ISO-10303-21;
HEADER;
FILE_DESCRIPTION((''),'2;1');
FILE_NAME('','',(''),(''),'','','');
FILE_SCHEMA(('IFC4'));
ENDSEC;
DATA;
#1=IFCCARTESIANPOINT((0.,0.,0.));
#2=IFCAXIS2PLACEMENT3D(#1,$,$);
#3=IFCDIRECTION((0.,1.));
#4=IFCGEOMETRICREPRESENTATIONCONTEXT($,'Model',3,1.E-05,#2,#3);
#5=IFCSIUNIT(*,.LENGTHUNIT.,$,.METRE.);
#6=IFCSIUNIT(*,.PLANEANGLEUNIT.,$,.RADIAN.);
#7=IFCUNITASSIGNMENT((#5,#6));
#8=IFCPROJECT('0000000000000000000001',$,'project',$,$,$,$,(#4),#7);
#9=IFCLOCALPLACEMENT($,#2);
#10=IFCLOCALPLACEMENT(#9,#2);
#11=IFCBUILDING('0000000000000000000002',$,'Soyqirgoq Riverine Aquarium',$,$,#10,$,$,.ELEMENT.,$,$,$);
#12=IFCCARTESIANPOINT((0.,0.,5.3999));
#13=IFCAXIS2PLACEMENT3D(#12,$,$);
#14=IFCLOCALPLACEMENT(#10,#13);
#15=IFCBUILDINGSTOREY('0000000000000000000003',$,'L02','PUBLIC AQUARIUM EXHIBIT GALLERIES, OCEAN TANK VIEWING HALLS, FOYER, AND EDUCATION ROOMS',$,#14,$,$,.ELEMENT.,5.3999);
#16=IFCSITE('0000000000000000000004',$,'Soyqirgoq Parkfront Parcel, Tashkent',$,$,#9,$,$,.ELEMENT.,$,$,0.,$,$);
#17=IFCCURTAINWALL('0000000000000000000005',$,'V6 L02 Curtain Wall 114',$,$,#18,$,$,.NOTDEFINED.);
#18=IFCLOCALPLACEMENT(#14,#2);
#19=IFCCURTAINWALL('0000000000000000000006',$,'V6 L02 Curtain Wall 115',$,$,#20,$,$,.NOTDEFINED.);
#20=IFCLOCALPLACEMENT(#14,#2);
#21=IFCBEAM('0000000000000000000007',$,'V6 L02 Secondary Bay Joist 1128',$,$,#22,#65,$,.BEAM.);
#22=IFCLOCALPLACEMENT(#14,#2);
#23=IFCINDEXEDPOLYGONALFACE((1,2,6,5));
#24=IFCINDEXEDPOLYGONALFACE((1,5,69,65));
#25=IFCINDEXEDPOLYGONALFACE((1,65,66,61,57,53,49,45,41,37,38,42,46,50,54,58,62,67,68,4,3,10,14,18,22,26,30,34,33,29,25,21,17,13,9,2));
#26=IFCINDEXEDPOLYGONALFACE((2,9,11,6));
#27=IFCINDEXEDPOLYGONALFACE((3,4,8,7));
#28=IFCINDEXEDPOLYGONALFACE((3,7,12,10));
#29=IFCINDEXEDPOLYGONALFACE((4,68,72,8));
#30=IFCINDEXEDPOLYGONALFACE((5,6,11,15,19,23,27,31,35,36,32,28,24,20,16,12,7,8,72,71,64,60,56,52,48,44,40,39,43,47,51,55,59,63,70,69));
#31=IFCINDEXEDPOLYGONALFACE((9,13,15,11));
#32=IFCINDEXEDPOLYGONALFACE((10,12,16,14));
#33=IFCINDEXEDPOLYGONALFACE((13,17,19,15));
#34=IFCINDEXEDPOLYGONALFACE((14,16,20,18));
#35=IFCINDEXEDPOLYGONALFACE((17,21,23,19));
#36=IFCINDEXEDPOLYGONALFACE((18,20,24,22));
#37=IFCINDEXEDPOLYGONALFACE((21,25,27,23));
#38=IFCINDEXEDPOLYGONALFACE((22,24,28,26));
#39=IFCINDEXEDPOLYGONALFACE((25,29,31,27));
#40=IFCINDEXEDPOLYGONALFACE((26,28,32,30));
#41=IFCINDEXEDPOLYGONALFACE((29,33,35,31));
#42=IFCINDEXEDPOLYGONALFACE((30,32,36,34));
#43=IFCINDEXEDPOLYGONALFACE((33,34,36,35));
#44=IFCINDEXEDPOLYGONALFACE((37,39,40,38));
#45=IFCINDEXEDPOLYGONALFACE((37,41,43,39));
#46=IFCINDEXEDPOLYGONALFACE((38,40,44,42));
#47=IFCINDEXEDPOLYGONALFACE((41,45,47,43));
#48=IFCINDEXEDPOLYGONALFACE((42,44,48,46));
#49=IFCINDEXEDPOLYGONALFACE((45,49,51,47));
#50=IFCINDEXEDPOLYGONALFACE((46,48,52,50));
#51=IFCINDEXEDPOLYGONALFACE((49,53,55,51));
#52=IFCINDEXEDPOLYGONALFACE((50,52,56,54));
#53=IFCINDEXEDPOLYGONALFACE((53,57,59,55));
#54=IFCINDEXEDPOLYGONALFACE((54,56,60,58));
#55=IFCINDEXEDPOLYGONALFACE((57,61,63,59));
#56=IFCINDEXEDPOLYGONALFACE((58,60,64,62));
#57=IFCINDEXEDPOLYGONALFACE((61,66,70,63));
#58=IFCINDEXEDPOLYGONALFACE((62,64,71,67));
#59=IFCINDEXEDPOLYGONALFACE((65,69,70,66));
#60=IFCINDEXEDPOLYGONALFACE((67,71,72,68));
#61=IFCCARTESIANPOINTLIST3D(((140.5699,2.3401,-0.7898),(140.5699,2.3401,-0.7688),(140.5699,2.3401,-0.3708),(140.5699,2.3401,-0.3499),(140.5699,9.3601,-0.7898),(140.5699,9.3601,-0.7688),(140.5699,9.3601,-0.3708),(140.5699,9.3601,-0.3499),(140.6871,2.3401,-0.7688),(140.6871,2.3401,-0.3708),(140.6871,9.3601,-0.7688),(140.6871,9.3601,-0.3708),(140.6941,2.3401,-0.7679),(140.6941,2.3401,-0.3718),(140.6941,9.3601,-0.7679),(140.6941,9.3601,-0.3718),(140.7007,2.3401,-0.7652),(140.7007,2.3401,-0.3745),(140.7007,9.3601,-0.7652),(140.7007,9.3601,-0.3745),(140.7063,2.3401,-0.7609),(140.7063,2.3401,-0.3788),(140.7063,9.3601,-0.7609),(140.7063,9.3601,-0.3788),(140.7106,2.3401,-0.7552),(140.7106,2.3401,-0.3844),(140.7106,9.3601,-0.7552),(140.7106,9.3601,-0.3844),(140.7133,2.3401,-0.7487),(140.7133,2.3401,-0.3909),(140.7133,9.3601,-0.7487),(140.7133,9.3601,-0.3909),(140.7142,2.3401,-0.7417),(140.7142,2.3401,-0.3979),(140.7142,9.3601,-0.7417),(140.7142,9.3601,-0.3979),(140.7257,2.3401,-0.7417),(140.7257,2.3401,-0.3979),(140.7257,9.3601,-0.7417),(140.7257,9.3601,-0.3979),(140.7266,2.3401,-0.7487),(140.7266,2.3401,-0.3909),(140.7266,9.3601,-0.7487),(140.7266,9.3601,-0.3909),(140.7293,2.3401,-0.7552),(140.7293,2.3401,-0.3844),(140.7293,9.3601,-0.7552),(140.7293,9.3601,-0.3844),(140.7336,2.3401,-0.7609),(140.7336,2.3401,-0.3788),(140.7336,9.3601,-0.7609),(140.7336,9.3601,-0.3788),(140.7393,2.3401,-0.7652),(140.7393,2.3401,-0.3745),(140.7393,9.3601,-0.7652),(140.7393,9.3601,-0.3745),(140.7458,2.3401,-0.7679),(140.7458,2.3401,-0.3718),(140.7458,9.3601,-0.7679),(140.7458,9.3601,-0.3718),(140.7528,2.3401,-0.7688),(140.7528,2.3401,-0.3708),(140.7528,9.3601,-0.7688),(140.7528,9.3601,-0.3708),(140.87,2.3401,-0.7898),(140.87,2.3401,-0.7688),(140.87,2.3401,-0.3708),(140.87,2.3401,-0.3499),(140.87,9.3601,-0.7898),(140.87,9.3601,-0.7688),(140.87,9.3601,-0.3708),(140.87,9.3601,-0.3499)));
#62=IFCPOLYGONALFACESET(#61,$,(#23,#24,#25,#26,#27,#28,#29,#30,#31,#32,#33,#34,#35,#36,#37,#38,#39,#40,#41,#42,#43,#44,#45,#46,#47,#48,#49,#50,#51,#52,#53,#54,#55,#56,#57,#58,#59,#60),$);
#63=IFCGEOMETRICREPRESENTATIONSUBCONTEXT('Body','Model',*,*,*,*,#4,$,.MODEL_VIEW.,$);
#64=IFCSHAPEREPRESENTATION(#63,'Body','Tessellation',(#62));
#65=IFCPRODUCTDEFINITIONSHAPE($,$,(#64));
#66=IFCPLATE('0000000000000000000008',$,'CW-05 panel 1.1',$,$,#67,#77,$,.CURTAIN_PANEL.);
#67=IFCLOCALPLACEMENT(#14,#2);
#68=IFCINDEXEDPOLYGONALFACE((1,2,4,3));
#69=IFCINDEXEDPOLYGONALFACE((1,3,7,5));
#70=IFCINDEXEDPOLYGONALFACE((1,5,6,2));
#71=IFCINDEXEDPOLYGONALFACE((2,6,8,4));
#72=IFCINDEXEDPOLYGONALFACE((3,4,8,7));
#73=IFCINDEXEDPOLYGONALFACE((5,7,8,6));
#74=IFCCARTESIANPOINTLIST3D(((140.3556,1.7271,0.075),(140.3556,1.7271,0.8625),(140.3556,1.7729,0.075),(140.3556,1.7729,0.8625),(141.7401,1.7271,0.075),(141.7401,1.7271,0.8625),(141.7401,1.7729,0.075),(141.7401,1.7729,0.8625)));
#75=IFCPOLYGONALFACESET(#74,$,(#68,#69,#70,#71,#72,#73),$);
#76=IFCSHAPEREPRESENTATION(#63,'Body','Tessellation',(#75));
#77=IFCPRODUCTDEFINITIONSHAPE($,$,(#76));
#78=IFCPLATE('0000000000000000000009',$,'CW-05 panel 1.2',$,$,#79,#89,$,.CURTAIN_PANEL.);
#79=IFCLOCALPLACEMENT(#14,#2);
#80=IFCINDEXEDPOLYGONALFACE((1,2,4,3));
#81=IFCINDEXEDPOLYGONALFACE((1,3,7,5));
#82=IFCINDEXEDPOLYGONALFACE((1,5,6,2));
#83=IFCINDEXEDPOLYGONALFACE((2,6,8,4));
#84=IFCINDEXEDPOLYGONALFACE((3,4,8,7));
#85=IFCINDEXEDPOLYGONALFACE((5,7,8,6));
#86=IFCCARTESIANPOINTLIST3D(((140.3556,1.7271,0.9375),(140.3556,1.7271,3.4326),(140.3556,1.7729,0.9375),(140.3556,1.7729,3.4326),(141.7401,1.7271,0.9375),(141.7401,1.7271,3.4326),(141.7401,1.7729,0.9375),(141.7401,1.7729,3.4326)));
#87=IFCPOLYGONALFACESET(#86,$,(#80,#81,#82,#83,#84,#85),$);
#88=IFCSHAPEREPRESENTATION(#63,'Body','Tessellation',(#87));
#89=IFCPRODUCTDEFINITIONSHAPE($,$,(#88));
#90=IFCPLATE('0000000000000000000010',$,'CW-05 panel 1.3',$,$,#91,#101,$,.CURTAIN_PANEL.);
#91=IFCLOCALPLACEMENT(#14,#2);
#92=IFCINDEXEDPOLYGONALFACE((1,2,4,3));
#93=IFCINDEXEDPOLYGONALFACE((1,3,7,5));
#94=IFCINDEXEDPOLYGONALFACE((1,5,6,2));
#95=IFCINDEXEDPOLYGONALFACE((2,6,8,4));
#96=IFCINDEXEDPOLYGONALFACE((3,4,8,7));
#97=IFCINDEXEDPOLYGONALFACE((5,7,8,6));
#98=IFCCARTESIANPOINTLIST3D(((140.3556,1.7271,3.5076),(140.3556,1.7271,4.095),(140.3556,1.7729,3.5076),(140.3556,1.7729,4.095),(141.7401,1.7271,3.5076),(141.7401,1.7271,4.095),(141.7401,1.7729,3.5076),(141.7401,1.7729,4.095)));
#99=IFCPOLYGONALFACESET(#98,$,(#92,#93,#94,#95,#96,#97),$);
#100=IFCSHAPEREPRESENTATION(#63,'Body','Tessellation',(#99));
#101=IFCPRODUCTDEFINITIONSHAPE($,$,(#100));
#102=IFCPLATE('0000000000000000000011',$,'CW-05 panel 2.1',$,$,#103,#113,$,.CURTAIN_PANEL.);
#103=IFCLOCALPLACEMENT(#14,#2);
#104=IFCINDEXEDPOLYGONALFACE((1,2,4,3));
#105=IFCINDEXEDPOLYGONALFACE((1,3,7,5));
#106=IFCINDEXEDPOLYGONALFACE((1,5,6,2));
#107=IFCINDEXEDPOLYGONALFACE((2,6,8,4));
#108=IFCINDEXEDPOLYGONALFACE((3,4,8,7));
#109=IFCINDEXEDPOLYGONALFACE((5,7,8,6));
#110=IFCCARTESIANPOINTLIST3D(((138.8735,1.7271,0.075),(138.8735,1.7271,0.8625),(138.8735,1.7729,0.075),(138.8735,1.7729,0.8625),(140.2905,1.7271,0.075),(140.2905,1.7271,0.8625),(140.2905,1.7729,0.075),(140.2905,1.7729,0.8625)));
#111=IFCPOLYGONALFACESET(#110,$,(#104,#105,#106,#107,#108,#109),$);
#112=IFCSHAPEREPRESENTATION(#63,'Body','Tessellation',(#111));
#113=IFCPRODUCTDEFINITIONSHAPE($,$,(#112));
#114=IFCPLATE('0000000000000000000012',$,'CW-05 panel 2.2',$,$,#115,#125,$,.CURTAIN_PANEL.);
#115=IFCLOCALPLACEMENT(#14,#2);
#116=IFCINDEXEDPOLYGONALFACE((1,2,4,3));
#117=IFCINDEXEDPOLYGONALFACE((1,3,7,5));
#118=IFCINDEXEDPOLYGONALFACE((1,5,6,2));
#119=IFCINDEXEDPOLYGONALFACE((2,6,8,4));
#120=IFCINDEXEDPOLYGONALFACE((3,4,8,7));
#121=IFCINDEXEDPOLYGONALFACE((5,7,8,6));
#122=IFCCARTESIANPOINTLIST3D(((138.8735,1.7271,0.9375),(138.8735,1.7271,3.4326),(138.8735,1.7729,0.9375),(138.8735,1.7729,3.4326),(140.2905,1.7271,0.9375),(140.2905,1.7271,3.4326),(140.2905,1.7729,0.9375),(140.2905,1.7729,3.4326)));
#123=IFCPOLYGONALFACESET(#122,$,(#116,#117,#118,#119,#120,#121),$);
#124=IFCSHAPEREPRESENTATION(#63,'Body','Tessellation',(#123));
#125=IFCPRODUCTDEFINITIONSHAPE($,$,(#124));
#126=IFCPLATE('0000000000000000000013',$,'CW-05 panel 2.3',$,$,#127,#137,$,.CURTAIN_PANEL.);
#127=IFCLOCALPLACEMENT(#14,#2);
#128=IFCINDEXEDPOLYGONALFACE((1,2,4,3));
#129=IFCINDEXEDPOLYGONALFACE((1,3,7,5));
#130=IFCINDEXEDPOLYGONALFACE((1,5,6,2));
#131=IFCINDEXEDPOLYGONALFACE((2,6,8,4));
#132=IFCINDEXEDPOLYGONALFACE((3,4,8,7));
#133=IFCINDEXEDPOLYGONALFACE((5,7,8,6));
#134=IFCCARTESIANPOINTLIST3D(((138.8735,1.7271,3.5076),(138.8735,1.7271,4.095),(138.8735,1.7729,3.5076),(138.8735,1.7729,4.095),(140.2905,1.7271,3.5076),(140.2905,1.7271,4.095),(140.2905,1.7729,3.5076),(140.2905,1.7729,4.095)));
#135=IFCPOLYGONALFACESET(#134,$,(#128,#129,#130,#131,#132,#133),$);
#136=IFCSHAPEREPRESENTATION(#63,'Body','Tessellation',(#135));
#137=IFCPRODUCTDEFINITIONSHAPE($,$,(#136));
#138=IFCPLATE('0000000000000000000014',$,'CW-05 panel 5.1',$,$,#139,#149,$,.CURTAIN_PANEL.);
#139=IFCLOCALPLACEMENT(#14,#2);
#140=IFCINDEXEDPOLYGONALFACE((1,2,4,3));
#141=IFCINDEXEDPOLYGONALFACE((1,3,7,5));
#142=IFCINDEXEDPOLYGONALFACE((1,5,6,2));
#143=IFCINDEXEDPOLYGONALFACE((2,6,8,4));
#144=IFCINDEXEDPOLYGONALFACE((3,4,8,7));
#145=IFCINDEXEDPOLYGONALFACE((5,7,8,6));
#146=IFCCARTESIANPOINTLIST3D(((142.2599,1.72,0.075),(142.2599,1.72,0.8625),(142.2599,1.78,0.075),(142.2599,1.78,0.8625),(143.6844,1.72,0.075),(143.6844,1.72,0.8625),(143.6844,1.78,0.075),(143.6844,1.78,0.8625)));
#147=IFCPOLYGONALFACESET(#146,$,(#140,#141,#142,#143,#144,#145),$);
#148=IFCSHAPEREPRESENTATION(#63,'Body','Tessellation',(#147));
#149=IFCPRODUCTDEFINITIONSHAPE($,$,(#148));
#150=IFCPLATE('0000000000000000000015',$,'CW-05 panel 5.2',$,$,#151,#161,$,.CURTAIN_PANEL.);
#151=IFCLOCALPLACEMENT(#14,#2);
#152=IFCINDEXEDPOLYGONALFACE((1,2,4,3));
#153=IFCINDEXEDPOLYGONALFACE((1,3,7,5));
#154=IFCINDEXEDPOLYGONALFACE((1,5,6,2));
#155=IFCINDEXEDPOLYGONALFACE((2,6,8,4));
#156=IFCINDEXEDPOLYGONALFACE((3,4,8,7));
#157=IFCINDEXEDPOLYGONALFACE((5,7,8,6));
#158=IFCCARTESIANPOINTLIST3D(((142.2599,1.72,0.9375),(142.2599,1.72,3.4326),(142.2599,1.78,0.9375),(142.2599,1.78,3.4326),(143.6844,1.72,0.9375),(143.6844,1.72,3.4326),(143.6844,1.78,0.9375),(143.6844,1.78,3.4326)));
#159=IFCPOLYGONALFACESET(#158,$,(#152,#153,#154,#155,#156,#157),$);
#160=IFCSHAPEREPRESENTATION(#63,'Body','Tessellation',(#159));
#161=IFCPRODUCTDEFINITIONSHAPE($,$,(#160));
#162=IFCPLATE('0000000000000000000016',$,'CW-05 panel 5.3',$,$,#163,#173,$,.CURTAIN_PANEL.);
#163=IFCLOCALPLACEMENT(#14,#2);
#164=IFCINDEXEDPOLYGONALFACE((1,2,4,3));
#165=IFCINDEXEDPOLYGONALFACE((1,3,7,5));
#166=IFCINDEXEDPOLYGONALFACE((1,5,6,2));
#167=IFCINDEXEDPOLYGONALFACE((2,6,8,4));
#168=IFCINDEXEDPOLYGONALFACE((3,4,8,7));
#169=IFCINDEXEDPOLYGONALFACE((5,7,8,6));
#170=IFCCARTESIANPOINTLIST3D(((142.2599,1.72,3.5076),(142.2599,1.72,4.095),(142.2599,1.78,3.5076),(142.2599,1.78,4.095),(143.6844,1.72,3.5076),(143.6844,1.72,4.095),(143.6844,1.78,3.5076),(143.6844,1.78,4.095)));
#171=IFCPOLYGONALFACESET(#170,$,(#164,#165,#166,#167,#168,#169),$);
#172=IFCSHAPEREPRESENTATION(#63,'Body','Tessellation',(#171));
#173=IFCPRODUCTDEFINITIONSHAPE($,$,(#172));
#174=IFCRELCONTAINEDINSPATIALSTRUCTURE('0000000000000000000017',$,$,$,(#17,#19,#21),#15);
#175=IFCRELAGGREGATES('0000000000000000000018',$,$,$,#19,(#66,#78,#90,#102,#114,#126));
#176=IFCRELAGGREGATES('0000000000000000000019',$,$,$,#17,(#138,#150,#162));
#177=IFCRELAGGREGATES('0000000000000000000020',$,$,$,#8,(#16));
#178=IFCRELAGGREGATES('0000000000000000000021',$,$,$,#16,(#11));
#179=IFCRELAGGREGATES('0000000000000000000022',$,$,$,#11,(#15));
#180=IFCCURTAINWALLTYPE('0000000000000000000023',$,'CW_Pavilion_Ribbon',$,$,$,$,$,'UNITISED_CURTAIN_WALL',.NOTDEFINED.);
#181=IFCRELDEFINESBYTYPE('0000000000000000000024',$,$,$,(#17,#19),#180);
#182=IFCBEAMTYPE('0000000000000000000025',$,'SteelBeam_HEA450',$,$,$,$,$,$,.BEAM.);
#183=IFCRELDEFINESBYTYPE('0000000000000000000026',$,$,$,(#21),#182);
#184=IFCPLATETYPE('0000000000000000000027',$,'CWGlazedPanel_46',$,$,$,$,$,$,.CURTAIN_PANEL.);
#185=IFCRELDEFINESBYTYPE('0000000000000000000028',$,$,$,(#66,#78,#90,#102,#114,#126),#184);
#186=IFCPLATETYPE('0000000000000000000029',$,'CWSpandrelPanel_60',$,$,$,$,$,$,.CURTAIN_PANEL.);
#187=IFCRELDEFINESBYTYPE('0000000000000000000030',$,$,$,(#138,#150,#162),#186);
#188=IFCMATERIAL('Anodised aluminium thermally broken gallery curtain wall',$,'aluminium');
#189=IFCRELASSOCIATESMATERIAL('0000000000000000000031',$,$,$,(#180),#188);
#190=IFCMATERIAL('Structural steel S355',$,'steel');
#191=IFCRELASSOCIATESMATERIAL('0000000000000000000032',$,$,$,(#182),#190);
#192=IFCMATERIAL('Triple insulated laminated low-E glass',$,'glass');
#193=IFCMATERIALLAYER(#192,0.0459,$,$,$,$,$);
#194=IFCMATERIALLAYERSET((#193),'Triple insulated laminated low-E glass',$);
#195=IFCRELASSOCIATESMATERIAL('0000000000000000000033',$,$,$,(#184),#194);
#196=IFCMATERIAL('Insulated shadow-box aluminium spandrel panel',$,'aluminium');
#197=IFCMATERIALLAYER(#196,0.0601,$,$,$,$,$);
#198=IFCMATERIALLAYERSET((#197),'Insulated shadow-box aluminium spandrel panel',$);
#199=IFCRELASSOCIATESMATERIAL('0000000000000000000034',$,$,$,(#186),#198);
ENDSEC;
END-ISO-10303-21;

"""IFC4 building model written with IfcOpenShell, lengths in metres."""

from ifc_helpers import new_model, si_unit, direction, frame, origin, origin_2d, place, context, subcontext, project, spatial, rectangle, i_section, extrude, material, layer, layer_set, material_profile, profile_set, type_object, element, aggregate, save


model = new_model("IFC4")

# Units and contexts
model_context = context("Model", 3, precision=1e-05, world=origin(), true_north=direction((0.0, 1.0)))
body_context = subcontext(model_context, "Body", "Model", "MODEL_VIEW")
ifc_project = project(units=[si_unit("LENGTHUNIT", "METRE"), si_unit("PLANEANGLEUNIT", "RADIAN")], contexts=[model_context])

# Site, building, storey
site_placement = place(None, origin())
site = spatial("IfcSite", under=ifc_project, at=site_placement, Name="Soyqirgoq Parkfront Parcel, Tashkent", CompositionType="ELEMENT", RefElevation=0.0)
building_placement = place(site_placement, origin())
building = spatial("IfcBuilding", under=site, at=building_placement, Name="Soyqirgoq Riverine Aquarium", CompositionType="ELEMENT")
storey_placement = place(building_placement, frame((0.0, 0.0, 5.3999)))
storey = spatial("IfcBuildingStorey", under=building, at=storey_placement, Name="L02", Description="PUBLIC AQUARIUM EXHIBIT GALLERIES, OCEAN TANK VIEWING HALLS, FOYER, AND EDUCATION ROOMS", CompositionType="ELEMENT", Elevation=5.3999)

# Curtain wall
ifc_material_1 = material(Name="Anodised aluminium thermally broken gallery curtain wall", Category="aluminium")
curtain_wall_type = type_object("IfcCurtainWallType", Name="CW_Pavilion_Ribbon", ElementType="UNITISED_CURTAIN_WALL", PredefinedType="NOTDEFINED", material=ifc_material_1)
curtain_wall_1_placement = place(storey_placement, origin())
curtain_wall_1 = element("IfcCurtainWall", 1, at=curtain_wall_1_placement, inside=storey, type_object=curtain_wall_type, Name="V6 L02 Curtain Wall 114", PredefinedType="NOTDEFINED")

# Curtain wall
curtain_wall_2_placement = place(storey_placement, origin())
curtain_wall_2 = element("IfcCurtainWall", 2, at=curtain_wall_2_placement, inside=storey, type_object=curtain_wall_type, Name="V6 L02 Curtain Wall 115", PredefinedType="NOTDEFINED")

# Beam
ifc_material_2 = material(Name="Structural steel S355", Category="steel")
ifc_material_profile_1 = material_profile(ifc_material_2, i_section(OverallWidth=0.3, OverallDepth=0.4399, WebThickness=0.0115, FlangeThickness=0.021, FilletRadius=0.0271, at=origin_2d()), Name="HEA 450")
ifc_profile_set_1 = profile_set([ifc_material_profile_1], Name="Structural steel S355")
beam_type_1 = type_object("IfcBeamType", Name="SteelBeam_HEA450", PredefinedType="BEAM", material=ifc_profile_set_1)
beam_1_placement = place(storey_placement, frame((140.72, 2.3401, -0.5698), z_axis=(0.0, 1.0, 0.0), x_axis=(-1.0, 0.0, 0.0)))
element("IfcBeam", 3, at=beam_1_placement, inside=storey, type_object=beam_type_1, Name="V6 L02 Secondary Bay Joist 1128", PredefinedType="BEAM", context=body_context, shape_type="SweptSolid", body=[
    extrude(i_section(OverallWidth=0.3, OverallDepth=0.4399, WebThickness=0.0115, FlangeThickness=0.021, FilletRadius=0.0271, at=origin_2d()), origin(), (0.0, 0.0, 1.0), 7.02),
])

# Plates
ifc_material_3 = material(Name="Triple insulated laminated low-E glass", Category="glass")
ifc_layer_1 = layer(ifc_material_3, 0.0459)
ifc_layer_set_1 = layer_set([ifc_layer_1], Name="Triple insulated laminated low-E glass")
plate_type_1 = type_object("IfcPlateType", Name="CWGlazedPanel_46", PredefinedType="CURTAIN_PANEL", material=ifc_layer_set_1)
plate_1_placement = place(storey_placement, frame((141.0479, 1.75, 0.075), z_axis=(0.0, 0.0, 1.0), x_axis=(-1.0, 0.0, 0.0)))
plate_1 = element("IfcPlate", 4, at=plate_1_placement, type_object=plate_type_1, Name="CW-05 panel 1.1", PredefinedType="CURTAIN_PANEL", context=body_context, shape_type="SweptSolid", body=[
    extrude(rectangle(XDim=1.3845, YDim=0.0459, at=origin_2d()), origin(), (0.0, 0.0, 1.0), 0.7876),
])
plate_2_placement = place(storey_placement, frame((141.0479, 1.75, 0.9375), z_axis=(0.0, 0.0, 1.0), x_axis=(-1.0, 0.0, 0.0)))
plate_2 = element("IfcPlate", 5, at=plate_2_placement, type_object=plate_type_1, Name="CW-05 panel 1.2", PredefinedType="CURTAIN_PANEL", context=body_context, shape_type="SweptSolid", body=[
    extrude(rectangle(XDim=1.3845, YDim=0.0459, at=origin_2d()), origin(), (0.0, 0.0, 1.0), 2.4951),
])
plate_3_placement = place(storey_placement, frame((141.0479, 1.75, 3.5076), z_axis=(0.0, 0.0, 1.0), x_axis=(-1.0, 0.0, 0.0)))
plate_3 = element("IfcPlate", 6, at=plate_3_placement, type_object=plate_type_1, Name="CW-05 panel 1.3", PredefinedType="CURTAIN_PANEL", context=body_context, shape_type="SweptSolid", body=[
    extrude(rectangle(XDim=1.3845, YDim=0.0459, at=origin_2d()), origin(), (0.0, 0.0, 1.0), 0.5874),
])
plate_4_placement = place(storey_placement, frame((139.582, 1.75, 0.075), z_axis=(0.0, 0.0, 1.0), x_axis=(-1.0, 0.0, 0.0)))
plate_4 = element("IfcPlate", 7, at=plate_4_placement, type_object=plate_type_1, Name="CW-05 panel 2.1", PredefinedType="CURTAIN_PANEL", context=body_context, shape_type="SweptSolid", body=[
    extrude(rectangle(XDim=1.417, YDim=0.0459, at=origin_2d()), origin(), (0.0, 0.0, 1.0), 0.7876),
])
plate_5_placement = place(storey_placement, frame((139.582, 1.75, 0.9375), z_axis=(0.0, 0.0, 1.0), x_axis=(-1.0, 0.0, 0.0)))
plate_5 = element("IfcPlate", 8, at=plate_5_placement, type_object=plate_type_1, Name="CW-05 panel 2.2", PredefinedType="CURTAIN_PANEL", context=body_context, shape_type="SweptSolid", body=[
    extrude(rectangle(XDim=1.417, YDim=0.0459, at=origin_2d()), origin(), (0.0, 0.0, 1.0), 2.4951),
])
plate_6_placement = place(storey_placement, frame((139.582, 1.75, 3.5076), z_axis=(0.0, 0.0, 1.0), x_axis=(-1.0, 0.0, 0.0)))
plate_6 = element("IfcPlate", 9, at=plate_6_placement, type_object=plate_type_1, Name="CW-05 panel 2.3", PredefinedType="CURTAIN_PANEL", context=body_context, shape_type="SweptSolid", body=[
    extrude(rectangle(XDim=1.417, YDim=0.0459, at=origin_2d()), origin(), (0.0, 0.0, 1.0), 0.5874),
])
aggregate(curtain_wall_2, [plate_1, plate_2, plate_3, plate_4, plate_5, plate_6])
ifc_material_4 = material(Name="Insulated shadow-box aluminium spandrel panel", Category="aluminium")
ifc_layer_2 = layer(ifc_material_4, 0.0601)
ifc_layer_set_2 = layer_set([ifc_layer_2], Name="Insulated shadow-box aluminium spandrel panel")
plate_type_2 = type_object("IfcPlateType", Name="CWSpandrelPanel_60", PredefinedType="CURTAIN_PANEL", material=ifc_layer_set_2)
plate_7_placement = place(storey_placement, frame((142.9722, 1.75, 0.075), z_axis=(0.0, 0.0, 1.0), x_axis=(-1.0, 0.0, 0.0)))
plate_7 = element("IfcPlate", 10, at=plate_7_placement, type_object=plate_type_2, Name="CW-05 panel 5.1", PredefinedType="CURTAIN_PANEL", context=body_context, shape_type="SweptSolid", body=[
    extrude(rectangle(XDim=1.4246, YDim=0.0601, at=origin_2d()), origin(), (0.0, 0.0, 1.0), 0.7876),
])
plate_8_placement = place(storey_placement, frame((142.9722, 1.75, 0.9375), z_axis=(0.0, 0.0, 1.0), x_axis=(-1.0, 0.0, 0.0)))
plate_8 = element("IfcPlate", 11, at=plate_8_placement, type_object=plate_type_2, Name="CW-05 panel 5.2", PredefinedType="CURTAIN_PANEL", context=body_context, shape_type="SweptSolid", body=[
    extrude(rectangle(XDim=1.4246, YDim=0.0601, at=origin_2d()), origin(), (0.0, 0.0, 1.0), 2.4951),
])
plate_9_placement = place(storey_placement, frame((142.9722, 1.75, 3.5076), z_axis=(0.0, 0.0, 1.0), x_axis=(-1.0, 0.0, 0.0)))
plate_9 = element("IfcPlate", 12, at=plate_9_placement, type_object=plate_type_2, Name="CW-05 panel 5.3", PredefinedType="CURTAIN_PANEL", context=body_context, shape_type="SweptSolid", body=[
    extrude(rectangle(XDim=1.4246, YDim=0.0601, at=origin_2d()), origin(), (0.0, 0.0, 1.0), 0.5874),
])
aggregate(curtain_wall_1, [plate_7, plate_8, plate_9])

save(model, "model.ifc")
